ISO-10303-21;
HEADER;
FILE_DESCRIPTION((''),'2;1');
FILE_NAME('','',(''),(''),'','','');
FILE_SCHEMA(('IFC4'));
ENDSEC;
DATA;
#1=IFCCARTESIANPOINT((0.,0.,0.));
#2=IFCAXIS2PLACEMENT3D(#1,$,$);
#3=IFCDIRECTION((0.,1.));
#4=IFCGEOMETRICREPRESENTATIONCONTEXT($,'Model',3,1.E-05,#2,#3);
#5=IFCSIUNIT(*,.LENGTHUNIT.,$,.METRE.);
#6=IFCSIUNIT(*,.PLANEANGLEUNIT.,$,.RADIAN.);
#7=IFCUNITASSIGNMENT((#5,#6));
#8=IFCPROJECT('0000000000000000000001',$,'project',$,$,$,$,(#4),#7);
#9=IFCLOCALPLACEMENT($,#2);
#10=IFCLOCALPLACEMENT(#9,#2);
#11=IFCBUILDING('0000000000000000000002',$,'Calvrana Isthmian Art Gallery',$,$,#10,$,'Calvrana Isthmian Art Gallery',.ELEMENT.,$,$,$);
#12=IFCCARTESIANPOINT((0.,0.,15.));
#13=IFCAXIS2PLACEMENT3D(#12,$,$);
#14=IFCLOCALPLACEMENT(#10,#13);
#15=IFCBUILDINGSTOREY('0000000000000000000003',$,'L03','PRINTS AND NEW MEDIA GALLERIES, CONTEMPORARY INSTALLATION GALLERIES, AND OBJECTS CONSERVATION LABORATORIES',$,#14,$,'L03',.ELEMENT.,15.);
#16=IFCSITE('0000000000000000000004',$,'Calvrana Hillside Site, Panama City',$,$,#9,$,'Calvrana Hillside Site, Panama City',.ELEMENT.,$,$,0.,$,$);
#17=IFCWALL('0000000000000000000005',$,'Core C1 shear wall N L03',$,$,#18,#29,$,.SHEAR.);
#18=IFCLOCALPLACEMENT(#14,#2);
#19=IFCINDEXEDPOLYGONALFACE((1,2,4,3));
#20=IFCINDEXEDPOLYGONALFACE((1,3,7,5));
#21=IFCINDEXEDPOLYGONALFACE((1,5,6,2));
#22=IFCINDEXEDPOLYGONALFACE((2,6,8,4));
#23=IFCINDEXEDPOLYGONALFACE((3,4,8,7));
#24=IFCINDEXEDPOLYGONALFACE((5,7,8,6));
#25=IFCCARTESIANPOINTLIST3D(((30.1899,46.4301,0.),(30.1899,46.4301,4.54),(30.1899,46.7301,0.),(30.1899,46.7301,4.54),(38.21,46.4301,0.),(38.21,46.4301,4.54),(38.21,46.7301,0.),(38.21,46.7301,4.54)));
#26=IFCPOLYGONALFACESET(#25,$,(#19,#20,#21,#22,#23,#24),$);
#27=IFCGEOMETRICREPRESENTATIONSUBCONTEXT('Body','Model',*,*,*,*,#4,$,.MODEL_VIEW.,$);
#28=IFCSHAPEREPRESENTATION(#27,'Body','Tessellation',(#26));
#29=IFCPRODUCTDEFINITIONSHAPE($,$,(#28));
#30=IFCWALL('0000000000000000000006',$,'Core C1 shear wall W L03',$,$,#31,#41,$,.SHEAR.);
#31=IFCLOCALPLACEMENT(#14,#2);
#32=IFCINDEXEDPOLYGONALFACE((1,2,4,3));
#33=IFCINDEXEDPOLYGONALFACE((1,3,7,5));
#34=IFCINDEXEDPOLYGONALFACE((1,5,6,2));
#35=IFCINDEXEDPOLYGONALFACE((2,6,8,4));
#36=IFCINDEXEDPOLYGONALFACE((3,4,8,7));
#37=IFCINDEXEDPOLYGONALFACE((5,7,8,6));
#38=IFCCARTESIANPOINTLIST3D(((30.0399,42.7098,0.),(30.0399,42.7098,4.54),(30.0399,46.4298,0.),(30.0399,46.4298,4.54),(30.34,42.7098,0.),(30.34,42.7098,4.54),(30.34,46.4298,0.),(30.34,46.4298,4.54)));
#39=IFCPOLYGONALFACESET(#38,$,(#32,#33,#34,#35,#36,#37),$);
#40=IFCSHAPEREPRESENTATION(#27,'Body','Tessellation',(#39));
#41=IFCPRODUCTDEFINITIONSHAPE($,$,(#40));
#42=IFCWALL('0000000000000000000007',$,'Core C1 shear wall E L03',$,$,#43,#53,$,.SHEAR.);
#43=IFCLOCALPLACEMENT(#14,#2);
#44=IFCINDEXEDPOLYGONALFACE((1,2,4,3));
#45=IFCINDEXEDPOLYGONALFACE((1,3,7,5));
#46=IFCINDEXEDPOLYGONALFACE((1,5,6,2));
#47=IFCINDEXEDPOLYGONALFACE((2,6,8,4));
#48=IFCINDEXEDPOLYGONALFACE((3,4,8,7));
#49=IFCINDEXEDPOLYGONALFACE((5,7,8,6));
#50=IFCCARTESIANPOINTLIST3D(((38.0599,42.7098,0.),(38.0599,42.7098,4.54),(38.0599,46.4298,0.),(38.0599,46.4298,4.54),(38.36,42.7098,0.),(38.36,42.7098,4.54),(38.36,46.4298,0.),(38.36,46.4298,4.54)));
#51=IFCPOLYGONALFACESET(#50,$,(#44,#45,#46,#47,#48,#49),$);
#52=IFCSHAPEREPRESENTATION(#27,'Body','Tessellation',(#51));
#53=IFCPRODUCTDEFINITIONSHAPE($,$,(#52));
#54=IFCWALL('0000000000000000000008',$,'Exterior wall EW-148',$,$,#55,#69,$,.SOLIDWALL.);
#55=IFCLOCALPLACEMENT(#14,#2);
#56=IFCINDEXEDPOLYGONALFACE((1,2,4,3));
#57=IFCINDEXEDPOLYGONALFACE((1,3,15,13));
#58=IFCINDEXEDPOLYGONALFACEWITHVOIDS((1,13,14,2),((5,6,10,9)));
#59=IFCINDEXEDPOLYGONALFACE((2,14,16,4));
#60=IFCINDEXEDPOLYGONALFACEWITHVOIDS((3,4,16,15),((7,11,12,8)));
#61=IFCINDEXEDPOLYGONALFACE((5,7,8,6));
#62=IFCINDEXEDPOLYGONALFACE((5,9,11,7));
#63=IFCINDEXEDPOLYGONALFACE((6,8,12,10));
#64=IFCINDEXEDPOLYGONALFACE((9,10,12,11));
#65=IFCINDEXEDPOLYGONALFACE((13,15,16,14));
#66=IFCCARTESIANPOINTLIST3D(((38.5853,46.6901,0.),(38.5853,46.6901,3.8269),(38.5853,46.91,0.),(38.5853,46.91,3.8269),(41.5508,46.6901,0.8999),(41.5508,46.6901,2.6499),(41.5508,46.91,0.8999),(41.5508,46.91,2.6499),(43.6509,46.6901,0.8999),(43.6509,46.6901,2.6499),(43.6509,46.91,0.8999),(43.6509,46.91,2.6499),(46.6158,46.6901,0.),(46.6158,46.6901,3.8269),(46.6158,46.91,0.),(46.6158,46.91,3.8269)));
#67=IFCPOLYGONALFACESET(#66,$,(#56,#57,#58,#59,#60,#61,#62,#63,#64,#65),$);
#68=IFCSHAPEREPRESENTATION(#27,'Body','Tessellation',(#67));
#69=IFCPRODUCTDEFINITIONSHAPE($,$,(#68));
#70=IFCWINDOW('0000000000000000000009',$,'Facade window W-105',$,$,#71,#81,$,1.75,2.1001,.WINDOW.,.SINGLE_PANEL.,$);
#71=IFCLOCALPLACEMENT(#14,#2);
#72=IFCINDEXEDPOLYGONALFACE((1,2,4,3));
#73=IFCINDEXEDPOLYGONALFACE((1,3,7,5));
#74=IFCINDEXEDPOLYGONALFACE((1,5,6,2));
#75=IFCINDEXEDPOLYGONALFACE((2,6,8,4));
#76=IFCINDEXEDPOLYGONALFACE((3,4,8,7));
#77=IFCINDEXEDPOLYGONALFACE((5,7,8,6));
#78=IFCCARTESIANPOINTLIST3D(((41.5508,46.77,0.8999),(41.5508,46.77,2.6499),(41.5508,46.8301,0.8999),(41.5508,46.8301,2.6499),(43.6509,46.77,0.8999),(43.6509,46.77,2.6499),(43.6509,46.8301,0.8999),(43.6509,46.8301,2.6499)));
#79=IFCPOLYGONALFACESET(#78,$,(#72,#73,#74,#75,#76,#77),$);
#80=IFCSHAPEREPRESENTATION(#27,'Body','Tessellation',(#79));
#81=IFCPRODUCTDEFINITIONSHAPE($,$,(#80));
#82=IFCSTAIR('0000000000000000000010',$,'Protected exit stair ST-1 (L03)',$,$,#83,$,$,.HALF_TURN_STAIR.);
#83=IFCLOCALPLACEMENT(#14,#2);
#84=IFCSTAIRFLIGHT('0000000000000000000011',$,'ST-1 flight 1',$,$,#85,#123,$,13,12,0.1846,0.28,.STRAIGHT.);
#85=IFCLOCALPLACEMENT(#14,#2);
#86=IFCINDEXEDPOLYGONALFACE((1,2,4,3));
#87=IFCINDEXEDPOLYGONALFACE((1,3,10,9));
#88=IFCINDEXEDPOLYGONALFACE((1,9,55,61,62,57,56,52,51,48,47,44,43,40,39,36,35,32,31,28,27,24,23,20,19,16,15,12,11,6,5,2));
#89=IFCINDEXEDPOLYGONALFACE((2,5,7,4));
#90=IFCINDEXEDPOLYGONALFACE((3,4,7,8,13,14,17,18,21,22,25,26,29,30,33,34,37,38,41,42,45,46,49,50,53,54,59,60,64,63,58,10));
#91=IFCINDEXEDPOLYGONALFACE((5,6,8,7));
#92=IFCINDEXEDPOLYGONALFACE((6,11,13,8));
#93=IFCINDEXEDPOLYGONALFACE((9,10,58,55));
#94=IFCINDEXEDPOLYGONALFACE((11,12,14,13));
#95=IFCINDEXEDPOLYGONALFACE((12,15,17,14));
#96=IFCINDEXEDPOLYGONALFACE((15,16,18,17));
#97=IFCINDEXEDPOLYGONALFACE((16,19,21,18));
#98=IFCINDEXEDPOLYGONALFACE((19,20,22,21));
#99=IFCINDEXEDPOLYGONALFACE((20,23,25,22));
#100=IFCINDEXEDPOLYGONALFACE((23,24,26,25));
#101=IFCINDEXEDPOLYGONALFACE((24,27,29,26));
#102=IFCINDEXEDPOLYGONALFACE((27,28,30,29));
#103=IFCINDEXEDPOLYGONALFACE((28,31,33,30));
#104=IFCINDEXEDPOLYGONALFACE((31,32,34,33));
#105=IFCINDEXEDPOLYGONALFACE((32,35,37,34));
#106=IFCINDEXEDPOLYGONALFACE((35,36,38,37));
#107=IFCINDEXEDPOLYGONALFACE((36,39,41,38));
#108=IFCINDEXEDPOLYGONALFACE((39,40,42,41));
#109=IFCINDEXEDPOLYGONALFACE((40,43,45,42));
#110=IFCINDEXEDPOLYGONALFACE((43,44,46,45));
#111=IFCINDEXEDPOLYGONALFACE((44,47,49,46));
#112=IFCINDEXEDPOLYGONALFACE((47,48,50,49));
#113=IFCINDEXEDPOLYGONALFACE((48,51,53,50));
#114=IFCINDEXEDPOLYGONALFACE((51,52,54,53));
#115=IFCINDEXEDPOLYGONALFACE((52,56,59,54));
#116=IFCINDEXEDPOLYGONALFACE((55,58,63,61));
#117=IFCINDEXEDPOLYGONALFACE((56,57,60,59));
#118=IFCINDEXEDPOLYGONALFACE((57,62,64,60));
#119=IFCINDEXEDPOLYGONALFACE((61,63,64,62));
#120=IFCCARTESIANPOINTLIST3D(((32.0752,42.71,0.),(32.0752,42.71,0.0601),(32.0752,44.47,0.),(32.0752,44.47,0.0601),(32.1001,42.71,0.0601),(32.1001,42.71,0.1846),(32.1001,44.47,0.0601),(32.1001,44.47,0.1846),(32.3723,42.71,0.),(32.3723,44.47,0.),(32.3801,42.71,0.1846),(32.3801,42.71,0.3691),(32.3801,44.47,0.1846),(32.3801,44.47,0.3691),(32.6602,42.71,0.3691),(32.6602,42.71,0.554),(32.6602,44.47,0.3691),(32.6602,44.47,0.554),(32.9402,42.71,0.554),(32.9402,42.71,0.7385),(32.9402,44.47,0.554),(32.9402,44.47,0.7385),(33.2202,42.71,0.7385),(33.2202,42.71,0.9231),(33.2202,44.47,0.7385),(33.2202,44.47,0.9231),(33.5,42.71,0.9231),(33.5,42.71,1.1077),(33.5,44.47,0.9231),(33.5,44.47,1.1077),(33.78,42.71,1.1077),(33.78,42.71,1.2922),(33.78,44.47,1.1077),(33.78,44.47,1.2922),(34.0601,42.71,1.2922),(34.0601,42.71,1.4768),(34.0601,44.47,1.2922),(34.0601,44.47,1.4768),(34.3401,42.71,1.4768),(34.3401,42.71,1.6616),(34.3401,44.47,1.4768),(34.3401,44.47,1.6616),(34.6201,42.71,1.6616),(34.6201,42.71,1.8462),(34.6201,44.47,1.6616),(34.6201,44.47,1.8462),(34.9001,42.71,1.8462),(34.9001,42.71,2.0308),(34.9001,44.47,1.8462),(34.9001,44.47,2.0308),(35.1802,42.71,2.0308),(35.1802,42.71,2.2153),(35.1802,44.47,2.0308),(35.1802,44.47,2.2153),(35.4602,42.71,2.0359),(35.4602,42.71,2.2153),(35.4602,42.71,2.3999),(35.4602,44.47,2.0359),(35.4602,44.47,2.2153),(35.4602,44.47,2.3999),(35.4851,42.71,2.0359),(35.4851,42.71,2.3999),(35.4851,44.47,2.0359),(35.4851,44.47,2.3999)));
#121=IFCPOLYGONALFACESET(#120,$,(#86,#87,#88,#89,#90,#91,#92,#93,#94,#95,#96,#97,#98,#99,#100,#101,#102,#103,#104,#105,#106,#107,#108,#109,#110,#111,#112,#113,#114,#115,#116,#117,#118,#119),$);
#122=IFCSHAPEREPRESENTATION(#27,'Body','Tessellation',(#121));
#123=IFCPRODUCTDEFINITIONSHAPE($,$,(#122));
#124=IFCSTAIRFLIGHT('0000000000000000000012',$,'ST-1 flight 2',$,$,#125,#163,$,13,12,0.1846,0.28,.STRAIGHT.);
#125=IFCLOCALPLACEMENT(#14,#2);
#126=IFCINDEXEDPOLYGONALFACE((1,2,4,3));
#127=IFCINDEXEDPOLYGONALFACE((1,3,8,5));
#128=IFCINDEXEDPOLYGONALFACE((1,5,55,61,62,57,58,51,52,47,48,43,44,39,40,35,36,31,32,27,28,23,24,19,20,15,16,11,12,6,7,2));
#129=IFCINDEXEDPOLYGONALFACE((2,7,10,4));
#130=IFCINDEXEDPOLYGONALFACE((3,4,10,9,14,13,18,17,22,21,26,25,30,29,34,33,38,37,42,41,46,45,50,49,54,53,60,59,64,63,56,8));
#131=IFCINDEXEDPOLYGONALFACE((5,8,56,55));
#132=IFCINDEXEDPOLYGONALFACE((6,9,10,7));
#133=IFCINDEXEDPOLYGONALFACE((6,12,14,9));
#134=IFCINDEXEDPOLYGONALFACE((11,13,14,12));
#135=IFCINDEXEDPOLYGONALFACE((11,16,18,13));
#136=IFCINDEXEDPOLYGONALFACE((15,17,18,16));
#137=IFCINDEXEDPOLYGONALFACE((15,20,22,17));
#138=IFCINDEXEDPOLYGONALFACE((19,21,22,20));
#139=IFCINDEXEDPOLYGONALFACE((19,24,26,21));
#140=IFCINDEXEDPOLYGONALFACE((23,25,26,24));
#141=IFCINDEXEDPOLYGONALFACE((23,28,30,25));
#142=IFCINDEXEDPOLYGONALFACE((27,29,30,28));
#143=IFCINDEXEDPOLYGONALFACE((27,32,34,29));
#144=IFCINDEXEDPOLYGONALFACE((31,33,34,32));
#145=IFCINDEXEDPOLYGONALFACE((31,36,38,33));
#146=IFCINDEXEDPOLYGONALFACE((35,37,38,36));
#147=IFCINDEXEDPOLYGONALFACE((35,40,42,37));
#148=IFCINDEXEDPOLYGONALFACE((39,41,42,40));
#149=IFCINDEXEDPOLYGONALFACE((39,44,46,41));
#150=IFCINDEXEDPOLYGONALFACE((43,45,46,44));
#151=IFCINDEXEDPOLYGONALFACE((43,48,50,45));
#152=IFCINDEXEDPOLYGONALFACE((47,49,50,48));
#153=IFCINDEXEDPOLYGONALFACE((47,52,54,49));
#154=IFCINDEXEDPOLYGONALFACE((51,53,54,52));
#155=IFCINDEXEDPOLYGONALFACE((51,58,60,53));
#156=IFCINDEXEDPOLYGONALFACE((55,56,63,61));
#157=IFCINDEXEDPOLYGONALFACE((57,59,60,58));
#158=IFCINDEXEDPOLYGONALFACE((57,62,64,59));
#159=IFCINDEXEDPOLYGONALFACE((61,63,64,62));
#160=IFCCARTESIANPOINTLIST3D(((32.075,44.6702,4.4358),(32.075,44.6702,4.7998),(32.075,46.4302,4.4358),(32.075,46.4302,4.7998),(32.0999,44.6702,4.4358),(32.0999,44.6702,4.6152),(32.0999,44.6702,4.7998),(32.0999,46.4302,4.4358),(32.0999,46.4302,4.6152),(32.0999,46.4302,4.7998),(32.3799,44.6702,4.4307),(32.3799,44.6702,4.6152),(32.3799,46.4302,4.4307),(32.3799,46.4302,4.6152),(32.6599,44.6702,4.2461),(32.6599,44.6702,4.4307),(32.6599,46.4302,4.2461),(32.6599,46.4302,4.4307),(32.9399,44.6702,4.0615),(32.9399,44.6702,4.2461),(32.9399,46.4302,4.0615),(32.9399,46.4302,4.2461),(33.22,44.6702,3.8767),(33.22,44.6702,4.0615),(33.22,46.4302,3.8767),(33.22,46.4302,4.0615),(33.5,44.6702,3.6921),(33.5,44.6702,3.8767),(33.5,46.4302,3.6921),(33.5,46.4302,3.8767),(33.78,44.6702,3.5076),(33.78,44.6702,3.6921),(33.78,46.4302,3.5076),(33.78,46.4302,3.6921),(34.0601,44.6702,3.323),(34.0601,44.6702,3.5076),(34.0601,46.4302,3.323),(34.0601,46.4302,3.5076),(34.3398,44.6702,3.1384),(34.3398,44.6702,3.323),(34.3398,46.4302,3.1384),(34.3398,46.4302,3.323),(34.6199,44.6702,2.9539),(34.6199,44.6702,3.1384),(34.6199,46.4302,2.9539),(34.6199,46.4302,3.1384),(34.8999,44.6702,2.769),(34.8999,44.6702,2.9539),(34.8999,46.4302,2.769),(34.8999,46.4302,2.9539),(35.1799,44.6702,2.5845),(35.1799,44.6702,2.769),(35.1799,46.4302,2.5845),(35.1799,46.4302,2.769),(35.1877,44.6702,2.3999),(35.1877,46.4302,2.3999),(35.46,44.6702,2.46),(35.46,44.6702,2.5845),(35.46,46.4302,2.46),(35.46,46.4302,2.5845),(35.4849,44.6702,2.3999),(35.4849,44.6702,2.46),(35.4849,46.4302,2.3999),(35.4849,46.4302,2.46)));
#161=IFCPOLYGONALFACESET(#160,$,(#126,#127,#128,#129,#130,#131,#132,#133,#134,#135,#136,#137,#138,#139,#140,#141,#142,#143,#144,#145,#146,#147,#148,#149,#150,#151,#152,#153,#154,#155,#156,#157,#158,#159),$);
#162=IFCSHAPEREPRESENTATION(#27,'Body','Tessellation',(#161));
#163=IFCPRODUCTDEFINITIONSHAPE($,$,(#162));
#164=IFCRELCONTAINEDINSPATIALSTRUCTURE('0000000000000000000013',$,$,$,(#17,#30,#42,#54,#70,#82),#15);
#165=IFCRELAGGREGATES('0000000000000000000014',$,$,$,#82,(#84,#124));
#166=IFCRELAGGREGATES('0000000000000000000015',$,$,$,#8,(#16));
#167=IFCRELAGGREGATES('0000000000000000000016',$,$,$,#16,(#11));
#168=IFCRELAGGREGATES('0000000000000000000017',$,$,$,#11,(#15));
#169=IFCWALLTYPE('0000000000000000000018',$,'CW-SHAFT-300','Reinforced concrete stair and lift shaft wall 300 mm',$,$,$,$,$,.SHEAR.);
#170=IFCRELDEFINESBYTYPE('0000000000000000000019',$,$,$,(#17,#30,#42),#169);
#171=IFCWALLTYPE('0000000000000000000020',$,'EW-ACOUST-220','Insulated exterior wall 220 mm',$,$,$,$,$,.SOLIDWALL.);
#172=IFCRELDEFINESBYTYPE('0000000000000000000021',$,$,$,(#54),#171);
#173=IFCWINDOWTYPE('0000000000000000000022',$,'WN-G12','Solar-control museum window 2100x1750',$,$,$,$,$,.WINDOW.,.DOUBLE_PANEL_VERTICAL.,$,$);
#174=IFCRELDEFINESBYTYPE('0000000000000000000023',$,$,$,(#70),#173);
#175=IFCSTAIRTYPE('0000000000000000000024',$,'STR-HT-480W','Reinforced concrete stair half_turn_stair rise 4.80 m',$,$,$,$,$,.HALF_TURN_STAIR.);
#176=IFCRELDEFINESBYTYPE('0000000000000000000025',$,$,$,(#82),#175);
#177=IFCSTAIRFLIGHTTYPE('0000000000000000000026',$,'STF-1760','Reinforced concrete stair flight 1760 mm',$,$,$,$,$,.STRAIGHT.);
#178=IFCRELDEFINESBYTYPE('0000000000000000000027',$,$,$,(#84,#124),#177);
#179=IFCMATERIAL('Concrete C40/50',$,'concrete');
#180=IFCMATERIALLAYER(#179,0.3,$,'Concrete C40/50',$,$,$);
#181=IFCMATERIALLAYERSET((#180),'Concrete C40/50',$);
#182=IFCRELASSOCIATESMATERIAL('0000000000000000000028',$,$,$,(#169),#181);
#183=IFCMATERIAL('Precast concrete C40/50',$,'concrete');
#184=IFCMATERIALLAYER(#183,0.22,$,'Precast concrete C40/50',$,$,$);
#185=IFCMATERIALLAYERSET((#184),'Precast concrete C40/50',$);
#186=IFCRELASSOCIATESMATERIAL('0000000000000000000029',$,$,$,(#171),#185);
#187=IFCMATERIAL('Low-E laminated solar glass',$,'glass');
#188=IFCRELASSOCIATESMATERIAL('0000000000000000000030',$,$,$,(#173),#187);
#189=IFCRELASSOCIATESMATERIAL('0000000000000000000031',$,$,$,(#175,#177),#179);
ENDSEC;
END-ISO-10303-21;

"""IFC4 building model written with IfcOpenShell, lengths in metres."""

from ifc_helpers import new_model, si_unit, direction, frame, frame_2d, origin, place, context, subcontext, project, spatial, polyline, rectangle, outline, extrude, material, layer, layer_set, type_object, element, fill, aggregate, save


model = new_model("IFC4")

# Units and contexts
model_context = context("Model", 3, precision=1e-05, world=origin(), true_north=direction((0.0, 1.0)))
body_context = subcontext(model_context, "Body", "Model", "MODEL_VIEW")
ifc_project = project(units=[si_unit("LENGTHUNIT", "METRE"), si_unit("PLANEANGLEUNIT", "RADIAN")], contexts=[model_context])

# Site, building, storey
site_placement = place(None, origin())
site = spatial("IfcSite", under=ifc_project, at=site_placement, Name="Calvrana Hillside Site, Panama City", LongName="Calvrana Hillside Site, Panama City", CompositionType="ELEMENT", RefElevation=0.0)
building_placement = place(site_placement, origin())
building = spatial("IfcBuilding", under=site, at=building_placement, Name="Calvrana Isthmian Art Gallery", LongName="Calvrana Isthmian Art Gallery", CompositionType="ELEMENT")
storey_placement = place(building_placement, frame((0.0, 0.0, 15.0)))
storey = spatial("IfcBuildingStorey", under=building, at=storey_placement, Name="L03", Description="PRINTS AND NEW MEDIA GALLERIES, CONTEMPORARY INSTALLATION GALLERIES, AND OBJECTS CONSERVATION LABORATORIES", LongName="L03", CompositionType="ELEMENT", Elevation=15.0)

# Shared definitions
ifc_material_1 = material(Name="Concrete C40/50", Category="concrete")
ifc_layer_1 = layer(ifc_material_1, 0.3, Name="Concrete C40/50")
ifc_layer_set_1 = layer_set([ifc_layer_1], Name="Concrete C40/50")
wall_type_1 = type_object("IfcWallType", Name="CW-SHAFT-300", Description="Reinforced concrete stair and lift shaft wall 300 mm", PredefinedType="SHEAR", material=ifc_layer_set_1)

# Walls
wall_1_placement = place(storey_placement, frame((30.1899, 46.5801, 0.0), z_axis=(0.0, 0.0, 1.0), x_axis=(1.0, 0.0, 0.0)))
element("IfcWall", 1, at=wall_1_placement, inside=storey, type_object=wall_type_1, Name="Core C1 shear wall N L03", PredefinedType="SHEAR", context=body_context, shape_type="SweptSolid", body=[
    extrude(rectangle(XDim=8.02, YDim=0.3, at=frame_2d((4.01, 0.0))), origin(), (0.0, 0.0, 1.0), 4.54),
])
for number, where, z_axis, x_axis, name in (
    (2, (30.1899, 42.71, 0.0), (0.0, 0.0, 1.0), (0.0, 1.0, 0.0), "Core C1 shear wall W L03"),
    (3, (38.21, 42.71, 0.0), (0.0, 0.0, 1.0), (0.0, 1.0, 0.0), "Core C1 shear wall E L03"),
):
    element("IfcWall", number, at=place(storey_placement, frame(where, z_axis=z_axis, x_axis=x_axis)), inside=storey, type_object=wall_type_1, Name=name, PredefinedType="SHEAR", context=body_context, shape_type="SweptSolid", body=[
        extrude(rectangle(XDim=3.72, YDim=0.3, at=frame_2d((1.8599, 0.0))), origin(), (0.0, 0.0, 1.0), 4.54),
    ])

# Wall, opening, window
ifc_material_2 = material(Name="Precast concrete C40/50", Category="concrete")
ifc_layer_2 = layer(ifc_material_2, 0.22, Name="Precast concrete C40/50")
ifc_layer_set_2 = layer_set([ifc_layer_2], Name="Precast concrete C40/50")
wall_type_2 = type_object("IfcWallType", Name="EW-ACOUST-220", Description="Insulated exterior wall 220 mm", PredefinedType="SOLIDWALL", material=ifc_layer_set_2)
wall_2_placement = place(storey_placement, frame((38.5854, 46.8, 0.0), z_axis=(0.0, 0.0, 1.0), x_axis=(1.0, 0.0, 0.0)))
wall_2 = element("IfcWall", 4, at=wall_2_placement, inside=storey, type_object=wall_type_2, Name="Exterior wall EW-148", PredefinedType="SOLIDWALL", context=body_context, shape_type="SweptSolid", body=[
    extrude(rectangle(XDim=8.0305, YDim=0.22, at=frame_2d((4.0151, 0.0))), origin(), (0.0, 0.0, 1.0), 3.8269),
])
opening_1_placement = place(wall_2_placement, frame((2.9653, 0.0, 0.8999)))
opening_1 = element("IfcOpeningElement", 5, at=opening_1_placement, cuts=wall_2, PredefinedType="OPENING", context=body_context, shape_type="SweptSolid", body=[
    extrude(rectangle(XDim=2.1001, YDim=1.75, at=frame_2d((1.05, 0.875))), frame((0.0, 0.1201, 0.0), z_axis=(0.0, -1.0, 0.0), x_axis=(1.0, 0.0, 0.0)), (0.0, 0.0, 1.0), 0.2405),
])
ifc_material_3 = material(Name="Low-E laminated solar glass", Category="glass")
window_type = type_object("IfcWindowType", Name="WN-G12", Description="Solar-control museum window 2100x1750", PartitioningType="DOUBLE_PANEL_VERTICAL", PredefinedType="WINDOW", material=ifc_material_3)
window_placement = place(opening_1_placement, origin())
window = element("IfcWindow", 6, at=window_placement, inside=storey, type_object=window_type, Name="Facade window W-105", OverallHeight=1.75, OverallWidth=2.1001, PartitioningType="SINGLE_PANEL", PredefinedType="WINDOW", context=body_context, shape_type="SweptSolid", body=[
    extrude(rectangle(XDim=2.1001, YDim=1.75, at=frame_2d((1.05, 0.875))), frame((0.0, 0.03, 0.0), z_axis=(0.0, -1.0, 0.0), x_axis=(1.0, 0.0, 0.0)), (0.0, 0.0, 1.0), 0.0601),
])
fill(opening_1, window)

# Stair, stair flights
stair_type = type_object("IfcStairType", Name="STR-HT-480W", Description="Reinforced concrete stair half_turn_stair rise 4.80 m", PredefinedType="HALF_TURN_STAIR", material=ifc_material_1)
stair_placement = place(storey_placement, origin())
stair = element("IfcStair", 7, at=stair_placement, inside=storey, type_object=stair_type, Name="Protected exit stair ST-1 (L03)", PredefinedType="HALF_TURN_STAIR")
stair_flight_type = type_object("IfcStairFlightType", Name="STF-1760", Description="Reinforced concrete stair flight 1760 mm", PredefinedType="STRAIGHT", material=ifc_material_1)
stair_flight_1_placement = place(storey_placement, frame((32.1001, 43.5901, 0.0), z_axis=(0.0, 0.0, 1.0), x_axis=(1.0, 0.0, 0.0)))
stair_flight_1 = element("IfcStairFlight", 8, at=stair_flight_1_placement, type_object=stair_flight_type, Name="ST-1 flight 1", NumberOfRisers=13, NumberOfTreads=12, PredefinedType="STRAIGHT", RiserHeight=0.1846, TreadLength=0.28, context=body_context, shape_type="SweptSolid", body=[
    extrude(outline(polyline([(-0.0249, 0.0), (-0.0249, 0.0601), (0.0, 0.0601), (0.0, 0.1846), (0.28, 0.1846), (0.28, 0.3691), (0.5601, 0.3691), (0.5601, 0.554), (0.8401, 0.554), (0.8401, 0.7385), (1.1201, 0.7385), (1.1201, 0.9231), (1.3999, 0.9231), (1.3999, 1.1077), (1.6799, 1.1077), (1.6799, 1.2922), (1.96, 1.2922), (1.96, 1.4768), (2.24, 1.4768), (2.24, 1.6616), (2.52, 1.6616), (2.52, 1.8462), (2.8, 1.8462), (2.8, 2.0308), (3.0801, 2.0308), (3.0801, 2.2153), (3.3601, 2.2153), (3.3601, 2.3999), (3.385, 2.3999), (3.385, 2.0359), (3.3601, 2.0359), (0.2722, 0.0), (-0.0249, 0.0)])), frame((0.0, 0.8799, 0.0), z_axis=(0.0, -1.0, 0.0), x_axis=(1.0, 0.0, 0.0)), (0.0, 0.0, 1.0), 1.76),
])
stair_flight_2_placement = place(storey_placement, frame((35.46, 45.55, 2.3999), z_axis=(0.0, 0.0, 1.0), x_axis=(-1.0, 0.0, 0.0)))
stair_flight_2 = element("IfcStairFlight", 9, at=stair_flight_2_placement, type_object=stair_flight_type, Name="ST-1 flight 2", NumberOfRisers=13, NumberOfTreads=12, PredefinedType="STRAIGHT", RiserHeight=0.1846, TreadLength=0.28, context=body_context, shape_type="SweptSolid", body=[
    extrude(outline(polyline([(-0.0249, 0.0), (-0.0249, 0.0601), (0.0, 0.0601), (0.0, 0.1846), (0.28, 0.1846), (0.28, 0.3691), (0.5601, 0.3691), (0.5601, 0.554), (0.8401, 0.554), (0.8401, 0.7385), (1.1201, 0.7385), (1.1201, 0.9231), (1.3999, 0.9231), (1.3999, 1.1077), (1.6799, 1.1077), (1.6799, 1.2922), (1.96, 1.2922), (1.96, 1.4768), (2.24, 1.4768), (2.24, 1.6616), (2.52, 1.6616), (2.52, 1.8462), (2.8, 1.8462), (2.8, 2.0308), (3.0801, 2.0308), (3.0801, 2.2153), (3.3601, 2.2153), (3.3601, 2.3999), (3.385, 2.3999), (3.385, 2.0359), (3.3601, 2.0359), (0.2722, 0.0), (-0.0249, 0.0)])), frame((0.0, 0.8799, 0.0), z_axis=(0.0, -1.0, 0.0), x_axis=(1.0, 0.0, 0.0)), (0.0, 0.0, 1.0), 1.76),
])
aggregate(stair, [stair_flight_1, stair_flight_2])

save(model, "model.ifc")
